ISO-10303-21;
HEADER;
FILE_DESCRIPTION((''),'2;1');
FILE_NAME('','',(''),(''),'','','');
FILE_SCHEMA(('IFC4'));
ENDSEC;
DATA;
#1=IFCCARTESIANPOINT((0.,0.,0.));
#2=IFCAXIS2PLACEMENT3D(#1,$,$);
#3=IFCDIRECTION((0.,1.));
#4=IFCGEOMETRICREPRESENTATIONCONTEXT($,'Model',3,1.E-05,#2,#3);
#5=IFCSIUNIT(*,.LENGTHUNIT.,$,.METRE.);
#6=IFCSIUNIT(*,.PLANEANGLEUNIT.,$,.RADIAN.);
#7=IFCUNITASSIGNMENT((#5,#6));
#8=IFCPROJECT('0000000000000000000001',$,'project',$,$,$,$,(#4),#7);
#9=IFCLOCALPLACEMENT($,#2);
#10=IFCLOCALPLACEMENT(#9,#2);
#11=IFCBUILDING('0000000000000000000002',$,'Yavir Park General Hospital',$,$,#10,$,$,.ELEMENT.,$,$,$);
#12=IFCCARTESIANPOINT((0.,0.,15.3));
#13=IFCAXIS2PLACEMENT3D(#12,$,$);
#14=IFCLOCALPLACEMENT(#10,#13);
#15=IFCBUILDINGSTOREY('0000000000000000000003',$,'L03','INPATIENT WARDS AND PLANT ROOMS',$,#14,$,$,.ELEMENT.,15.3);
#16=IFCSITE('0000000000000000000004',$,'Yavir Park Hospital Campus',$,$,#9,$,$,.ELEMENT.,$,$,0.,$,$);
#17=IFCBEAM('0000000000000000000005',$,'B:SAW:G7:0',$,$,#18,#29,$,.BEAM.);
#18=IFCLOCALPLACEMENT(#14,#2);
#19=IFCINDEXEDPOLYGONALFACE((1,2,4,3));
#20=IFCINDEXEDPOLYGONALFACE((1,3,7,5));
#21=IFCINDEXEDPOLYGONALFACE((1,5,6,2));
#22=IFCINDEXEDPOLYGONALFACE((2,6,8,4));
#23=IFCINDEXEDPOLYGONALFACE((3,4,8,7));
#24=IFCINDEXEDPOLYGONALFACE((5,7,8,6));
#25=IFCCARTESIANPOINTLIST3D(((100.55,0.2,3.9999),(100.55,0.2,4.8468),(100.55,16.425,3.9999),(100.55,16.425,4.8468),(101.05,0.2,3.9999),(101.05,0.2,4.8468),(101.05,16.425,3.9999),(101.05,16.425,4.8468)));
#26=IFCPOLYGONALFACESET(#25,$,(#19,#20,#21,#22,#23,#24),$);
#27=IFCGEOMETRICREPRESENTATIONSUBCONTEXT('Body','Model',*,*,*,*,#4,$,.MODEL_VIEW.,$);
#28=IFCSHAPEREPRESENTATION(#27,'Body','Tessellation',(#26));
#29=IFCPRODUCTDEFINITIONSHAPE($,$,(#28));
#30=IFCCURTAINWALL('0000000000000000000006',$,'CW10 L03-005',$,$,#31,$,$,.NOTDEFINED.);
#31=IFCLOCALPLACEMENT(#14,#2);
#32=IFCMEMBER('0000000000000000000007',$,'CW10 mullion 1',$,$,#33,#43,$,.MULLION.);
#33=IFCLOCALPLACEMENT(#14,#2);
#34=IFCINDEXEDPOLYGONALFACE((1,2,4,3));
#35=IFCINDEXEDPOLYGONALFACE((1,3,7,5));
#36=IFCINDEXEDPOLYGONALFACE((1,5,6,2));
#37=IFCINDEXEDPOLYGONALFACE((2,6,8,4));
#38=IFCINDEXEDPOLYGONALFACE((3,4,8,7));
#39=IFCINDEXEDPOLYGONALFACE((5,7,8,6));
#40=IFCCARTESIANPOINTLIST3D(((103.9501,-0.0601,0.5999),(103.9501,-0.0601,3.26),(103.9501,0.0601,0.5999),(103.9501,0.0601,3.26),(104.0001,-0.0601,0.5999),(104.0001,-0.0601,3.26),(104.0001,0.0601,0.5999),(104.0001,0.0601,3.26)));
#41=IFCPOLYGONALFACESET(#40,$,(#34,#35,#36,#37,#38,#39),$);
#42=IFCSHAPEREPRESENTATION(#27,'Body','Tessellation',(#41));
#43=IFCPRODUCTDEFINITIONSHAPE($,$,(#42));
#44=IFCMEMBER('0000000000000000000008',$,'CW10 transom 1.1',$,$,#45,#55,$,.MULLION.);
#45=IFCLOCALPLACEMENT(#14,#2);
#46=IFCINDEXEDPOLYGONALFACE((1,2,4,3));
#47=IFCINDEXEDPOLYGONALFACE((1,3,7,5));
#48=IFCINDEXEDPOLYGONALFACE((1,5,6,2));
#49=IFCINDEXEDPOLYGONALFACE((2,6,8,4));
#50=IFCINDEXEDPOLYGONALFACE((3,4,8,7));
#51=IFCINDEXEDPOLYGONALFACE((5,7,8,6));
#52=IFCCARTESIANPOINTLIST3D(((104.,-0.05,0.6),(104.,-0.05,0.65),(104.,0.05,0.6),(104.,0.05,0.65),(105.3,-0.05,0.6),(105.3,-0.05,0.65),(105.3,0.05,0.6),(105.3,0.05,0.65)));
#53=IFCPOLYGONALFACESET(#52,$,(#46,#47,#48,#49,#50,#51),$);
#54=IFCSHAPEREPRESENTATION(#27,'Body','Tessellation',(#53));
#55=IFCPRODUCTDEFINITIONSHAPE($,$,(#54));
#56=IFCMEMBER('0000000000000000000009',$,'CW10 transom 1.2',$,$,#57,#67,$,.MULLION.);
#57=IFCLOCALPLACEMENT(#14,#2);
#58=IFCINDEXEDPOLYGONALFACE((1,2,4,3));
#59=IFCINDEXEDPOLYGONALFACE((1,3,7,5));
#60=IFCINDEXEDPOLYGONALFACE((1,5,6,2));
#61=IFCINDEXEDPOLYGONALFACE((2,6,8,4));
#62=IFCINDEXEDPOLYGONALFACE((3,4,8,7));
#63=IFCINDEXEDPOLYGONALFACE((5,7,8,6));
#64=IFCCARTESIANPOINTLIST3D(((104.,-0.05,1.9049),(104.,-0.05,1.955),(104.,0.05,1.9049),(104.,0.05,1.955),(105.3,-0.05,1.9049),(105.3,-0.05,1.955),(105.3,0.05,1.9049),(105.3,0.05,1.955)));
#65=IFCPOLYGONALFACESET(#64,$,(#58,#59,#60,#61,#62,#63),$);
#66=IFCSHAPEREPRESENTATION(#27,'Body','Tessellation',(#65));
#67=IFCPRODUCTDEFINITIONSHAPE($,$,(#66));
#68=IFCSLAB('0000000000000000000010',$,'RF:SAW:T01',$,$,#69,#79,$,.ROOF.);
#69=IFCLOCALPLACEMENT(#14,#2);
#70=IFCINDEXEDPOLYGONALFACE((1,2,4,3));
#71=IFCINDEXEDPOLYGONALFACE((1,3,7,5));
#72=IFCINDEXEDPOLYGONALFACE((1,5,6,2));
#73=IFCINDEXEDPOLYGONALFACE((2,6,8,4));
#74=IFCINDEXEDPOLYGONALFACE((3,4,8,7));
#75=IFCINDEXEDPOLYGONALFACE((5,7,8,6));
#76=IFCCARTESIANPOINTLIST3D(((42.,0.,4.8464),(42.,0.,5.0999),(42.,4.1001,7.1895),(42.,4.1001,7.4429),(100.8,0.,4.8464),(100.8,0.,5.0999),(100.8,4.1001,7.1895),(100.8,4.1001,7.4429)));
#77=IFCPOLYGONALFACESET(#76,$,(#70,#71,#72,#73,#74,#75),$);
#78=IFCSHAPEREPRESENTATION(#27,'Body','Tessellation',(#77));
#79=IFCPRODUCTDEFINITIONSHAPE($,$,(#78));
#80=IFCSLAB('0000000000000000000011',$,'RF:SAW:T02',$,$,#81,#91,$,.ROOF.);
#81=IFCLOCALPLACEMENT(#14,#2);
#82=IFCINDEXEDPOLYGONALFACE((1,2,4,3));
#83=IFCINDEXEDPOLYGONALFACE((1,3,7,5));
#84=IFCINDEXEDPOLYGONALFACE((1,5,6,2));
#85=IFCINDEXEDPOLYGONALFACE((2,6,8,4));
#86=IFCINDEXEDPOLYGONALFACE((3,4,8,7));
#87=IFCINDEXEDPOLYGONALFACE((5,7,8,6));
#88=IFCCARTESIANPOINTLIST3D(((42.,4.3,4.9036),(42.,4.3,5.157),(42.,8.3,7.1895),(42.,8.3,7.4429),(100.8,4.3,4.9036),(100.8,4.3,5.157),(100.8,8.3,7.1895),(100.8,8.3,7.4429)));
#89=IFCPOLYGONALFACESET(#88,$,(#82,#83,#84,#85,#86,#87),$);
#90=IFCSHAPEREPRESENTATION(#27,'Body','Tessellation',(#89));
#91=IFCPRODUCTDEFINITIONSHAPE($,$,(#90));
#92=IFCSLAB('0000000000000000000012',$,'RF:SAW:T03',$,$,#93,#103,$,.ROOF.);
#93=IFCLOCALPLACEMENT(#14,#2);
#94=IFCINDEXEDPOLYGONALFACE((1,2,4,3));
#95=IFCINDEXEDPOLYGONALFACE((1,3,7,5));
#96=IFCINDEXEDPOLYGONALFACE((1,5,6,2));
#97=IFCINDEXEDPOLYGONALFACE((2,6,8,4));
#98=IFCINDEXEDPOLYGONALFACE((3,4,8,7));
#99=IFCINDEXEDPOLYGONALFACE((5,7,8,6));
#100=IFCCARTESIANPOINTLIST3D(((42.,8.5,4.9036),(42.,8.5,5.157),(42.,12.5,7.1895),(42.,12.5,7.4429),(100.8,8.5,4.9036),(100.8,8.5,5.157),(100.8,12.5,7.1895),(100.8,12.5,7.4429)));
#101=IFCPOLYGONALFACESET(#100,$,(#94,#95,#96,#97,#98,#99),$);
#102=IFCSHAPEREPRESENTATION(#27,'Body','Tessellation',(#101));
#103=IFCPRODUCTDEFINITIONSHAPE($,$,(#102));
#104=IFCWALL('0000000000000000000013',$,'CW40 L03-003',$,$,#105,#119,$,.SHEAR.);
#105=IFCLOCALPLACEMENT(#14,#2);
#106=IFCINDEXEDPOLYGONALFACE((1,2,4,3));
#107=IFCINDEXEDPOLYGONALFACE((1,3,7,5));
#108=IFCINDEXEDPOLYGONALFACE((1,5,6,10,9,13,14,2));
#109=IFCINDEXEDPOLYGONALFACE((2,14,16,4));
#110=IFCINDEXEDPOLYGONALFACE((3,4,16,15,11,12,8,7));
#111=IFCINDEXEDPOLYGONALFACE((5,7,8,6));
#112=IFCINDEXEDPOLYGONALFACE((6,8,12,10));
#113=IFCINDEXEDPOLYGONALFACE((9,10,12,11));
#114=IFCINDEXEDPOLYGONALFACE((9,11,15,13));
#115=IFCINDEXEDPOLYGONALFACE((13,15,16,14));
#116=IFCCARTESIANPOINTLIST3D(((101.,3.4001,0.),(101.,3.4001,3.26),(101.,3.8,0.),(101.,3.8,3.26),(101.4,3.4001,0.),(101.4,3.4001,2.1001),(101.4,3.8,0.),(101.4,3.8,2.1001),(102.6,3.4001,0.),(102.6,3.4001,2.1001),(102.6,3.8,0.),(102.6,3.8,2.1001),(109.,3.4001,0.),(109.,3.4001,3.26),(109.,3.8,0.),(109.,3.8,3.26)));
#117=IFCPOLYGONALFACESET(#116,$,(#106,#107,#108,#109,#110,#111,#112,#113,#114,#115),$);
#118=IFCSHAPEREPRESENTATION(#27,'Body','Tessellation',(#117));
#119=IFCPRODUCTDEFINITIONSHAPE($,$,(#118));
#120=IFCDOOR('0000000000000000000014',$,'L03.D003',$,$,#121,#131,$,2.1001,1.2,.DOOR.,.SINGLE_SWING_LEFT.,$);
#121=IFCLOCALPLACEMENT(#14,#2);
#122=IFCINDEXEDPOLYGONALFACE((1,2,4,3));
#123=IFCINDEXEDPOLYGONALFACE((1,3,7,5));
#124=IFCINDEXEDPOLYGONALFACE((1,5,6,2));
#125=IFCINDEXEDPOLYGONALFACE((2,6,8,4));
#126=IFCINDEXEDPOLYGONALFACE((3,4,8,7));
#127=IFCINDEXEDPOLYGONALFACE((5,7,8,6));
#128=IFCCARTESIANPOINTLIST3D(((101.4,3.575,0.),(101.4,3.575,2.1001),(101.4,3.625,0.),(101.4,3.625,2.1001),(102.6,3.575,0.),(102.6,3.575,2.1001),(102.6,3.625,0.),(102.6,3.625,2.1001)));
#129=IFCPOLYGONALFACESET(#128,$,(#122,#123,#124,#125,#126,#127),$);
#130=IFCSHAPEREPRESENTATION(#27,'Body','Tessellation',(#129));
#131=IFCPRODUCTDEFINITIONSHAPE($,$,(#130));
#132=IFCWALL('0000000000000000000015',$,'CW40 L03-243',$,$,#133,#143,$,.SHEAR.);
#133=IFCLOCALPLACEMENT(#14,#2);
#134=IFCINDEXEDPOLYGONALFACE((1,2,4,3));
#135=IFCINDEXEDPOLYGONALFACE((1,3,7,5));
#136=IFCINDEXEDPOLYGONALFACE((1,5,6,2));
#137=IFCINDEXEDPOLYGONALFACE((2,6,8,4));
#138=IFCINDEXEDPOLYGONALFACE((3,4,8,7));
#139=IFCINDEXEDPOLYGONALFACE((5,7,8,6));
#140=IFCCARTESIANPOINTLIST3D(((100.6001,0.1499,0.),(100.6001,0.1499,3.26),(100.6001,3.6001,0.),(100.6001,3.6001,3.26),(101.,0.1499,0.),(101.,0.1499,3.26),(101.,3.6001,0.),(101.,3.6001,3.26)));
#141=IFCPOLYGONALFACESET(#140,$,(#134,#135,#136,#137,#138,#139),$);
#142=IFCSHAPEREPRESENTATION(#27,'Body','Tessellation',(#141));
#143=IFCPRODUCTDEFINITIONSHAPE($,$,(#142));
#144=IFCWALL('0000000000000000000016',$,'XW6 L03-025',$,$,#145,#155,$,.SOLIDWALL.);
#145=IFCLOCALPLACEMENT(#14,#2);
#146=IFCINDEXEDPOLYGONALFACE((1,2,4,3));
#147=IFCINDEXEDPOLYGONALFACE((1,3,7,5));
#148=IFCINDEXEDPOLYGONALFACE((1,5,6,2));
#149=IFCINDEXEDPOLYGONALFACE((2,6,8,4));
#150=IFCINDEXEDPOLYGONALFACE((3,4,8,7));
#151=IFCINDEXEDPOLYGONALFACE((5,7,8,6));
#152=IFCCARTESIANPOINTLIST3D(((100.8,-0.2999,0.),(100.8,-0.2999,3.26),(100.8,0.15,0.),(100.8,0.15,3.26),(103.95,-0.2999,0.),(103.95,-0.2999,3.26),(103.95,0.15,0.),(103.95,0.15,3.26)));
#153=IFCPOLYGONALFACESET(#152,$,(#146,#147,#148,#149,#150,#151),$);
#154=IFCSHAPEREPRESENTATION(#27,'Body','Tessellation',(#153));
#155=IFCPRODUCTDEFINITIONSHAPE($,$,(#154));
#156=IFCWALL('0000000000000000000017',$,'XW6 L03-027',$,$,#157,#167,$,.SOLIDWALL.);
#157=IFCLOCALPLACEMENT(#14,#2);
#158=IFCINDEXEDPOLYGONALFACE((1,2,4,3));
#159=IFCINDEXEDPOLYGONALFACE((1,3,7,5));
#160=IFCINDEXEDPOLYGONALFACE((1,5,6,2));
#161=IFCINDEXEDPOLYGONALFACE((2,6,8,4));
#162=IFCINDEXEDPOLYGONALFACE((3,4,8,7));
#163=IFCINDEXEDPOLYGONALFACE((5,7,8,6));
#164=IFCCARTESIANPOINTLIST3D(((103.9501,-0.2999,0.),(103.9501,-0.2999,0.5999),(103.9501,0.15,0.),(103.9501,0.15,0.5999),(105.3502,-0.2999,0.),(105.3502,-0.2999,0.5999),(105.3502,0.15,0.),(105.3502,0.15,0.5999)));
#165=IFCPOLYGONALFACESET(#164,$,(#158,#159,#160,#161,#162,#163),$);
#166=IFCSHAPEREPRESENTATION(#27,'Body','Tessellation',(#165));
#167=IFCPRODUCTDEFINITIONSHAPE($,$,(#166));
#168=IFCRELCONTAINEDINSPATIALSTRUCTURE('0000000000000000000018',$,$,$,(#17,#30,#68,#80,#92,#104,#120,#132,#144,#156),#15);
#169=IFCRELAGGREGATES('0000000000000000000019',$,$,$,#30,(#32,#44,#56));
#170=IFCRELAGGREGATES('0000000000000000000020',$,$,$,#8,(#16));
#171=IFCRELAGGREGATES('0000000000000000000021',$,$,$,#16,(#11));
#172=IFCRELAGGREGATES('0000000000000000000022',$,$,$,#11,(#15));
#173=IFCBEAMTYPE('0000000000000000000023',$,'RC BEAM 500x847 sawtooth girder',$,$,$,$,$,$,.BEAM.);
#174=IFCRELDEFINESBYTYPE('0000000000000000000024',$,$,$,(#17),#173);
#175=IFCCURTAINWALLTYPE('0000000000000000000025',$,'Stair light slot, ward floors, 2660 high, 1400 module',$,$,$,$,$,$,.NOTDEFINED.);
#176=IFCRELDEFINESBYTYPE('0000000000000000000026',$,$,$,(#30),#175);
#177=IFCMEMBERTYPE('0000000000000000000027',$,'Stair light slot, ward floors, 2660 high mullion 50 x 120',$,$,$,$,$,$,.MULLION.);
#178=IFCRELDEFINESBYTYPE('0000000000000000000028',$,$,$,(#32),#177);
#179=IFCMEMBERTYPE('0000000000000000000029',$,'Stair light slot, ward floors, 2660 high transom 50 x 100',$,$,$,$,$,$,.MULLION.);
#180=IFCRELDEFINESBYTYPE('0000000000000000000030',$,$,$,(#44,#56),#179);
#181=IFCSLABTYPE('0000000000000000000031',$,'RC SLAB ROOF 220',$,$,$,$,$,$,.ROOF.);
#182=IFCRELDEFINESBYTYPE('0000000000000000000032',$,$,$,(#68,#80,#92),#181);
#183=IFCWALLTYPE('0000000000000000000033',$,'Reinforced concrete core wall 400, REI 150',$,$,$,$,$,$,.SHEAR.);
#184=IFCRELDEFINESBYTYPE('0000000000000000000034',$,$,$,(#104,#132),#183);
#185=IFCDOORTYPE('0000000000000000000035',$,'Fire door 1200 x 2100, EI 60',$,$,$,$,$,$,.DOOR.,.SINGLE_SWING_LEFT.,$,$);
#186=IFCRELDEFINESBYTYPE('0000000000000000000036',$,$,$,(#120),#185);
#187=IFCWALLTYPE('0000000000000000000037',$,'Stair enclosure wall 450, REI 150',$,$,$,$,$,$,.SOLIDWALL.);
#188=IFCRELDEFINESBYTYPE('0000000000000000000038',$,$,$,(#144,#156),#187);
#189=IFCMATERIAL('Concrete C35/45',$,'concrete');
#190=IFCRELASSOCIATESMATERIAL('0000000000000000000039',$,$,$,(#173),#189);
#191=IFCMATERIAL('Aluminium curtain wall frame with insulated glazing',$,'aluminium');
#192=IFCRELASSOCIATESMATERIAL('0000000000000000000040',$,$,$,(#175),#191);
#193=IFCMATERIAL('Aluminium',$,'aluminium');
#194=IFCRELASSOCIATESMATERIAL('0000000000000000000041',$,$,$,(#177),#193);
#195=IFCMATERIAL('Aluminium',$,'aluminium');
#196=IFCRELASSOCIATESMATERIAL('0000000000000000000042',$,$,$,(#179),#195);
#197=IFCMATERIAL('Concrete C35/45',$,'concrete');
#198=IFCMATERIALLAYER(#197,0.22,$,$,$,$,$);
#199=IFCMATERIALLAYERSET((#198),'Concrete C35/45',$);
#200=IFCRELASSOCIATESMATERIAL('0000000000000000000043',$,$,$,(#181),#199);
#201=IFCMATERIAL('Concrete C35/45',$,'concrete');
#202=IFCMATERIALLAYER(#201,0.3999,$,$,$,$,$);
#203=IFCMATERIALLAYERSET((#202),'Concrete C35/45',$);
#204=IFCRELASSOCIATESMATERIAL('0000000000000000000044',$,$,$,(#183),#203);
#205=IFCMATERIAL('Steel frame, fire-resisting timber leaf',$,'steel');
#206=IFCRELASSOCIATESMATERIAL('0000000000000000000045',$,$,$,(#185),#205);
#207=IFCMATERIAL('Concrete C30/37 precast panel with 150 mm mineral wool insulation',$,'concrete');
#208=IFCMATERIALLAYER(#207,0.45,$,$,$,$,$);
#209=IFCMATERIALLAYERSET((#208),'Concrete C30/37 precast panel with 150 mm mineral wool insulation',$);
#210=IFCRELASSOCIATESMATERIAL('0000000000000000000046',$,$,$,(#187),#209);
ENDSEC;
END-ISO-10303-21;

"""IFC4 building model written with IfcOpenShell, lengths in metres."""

from ifc_helpers import new_model, si_unit, direction, frame, frame_2d, origin, origin_2d, place, context, subcontext, project, spatial, polyline, rectangle, outline, extrude, material, layer, layer_set, material_profile, profile_set, type_object, element, fill, aggregate, save


model = new_model("IFC4")

# Units and contexts
model_context = context("Model", 3, precision=1e-05, world=origin(), true_north=direction((0.0, 1.0)))
body_context = subcontext(model_context, "Body", "Model", "MODEL_VIEW")
ifc_project = project(units=[si_unit("LENGTHUNIT", "METRE"), si_unit("PLANEANGLEUNIT", "RADIAN")], contexts=[model_context])

# Site, building, storey
site_placement = place(None, origin())
site = spatial("IfcSite", under=ifc_project, at=site_placement, Name="Yavir Park Hospital Campus", CompositionType="ELEMENT", RefElevation=0.0)
building_placement = place(site_placement, origin())
building = spatial("IfcBuilding", under=site, at=building_placement, Name="Yavir Park General Hospital", CompositionType="ELEMENT")
storey_placement = place(building_placement, frame((0.0, 0.0, 15.3)))
storey = spatial("IfcBuildingStorey", under=building, at=storey_placement, Name="L03", Description="INPATIENT WARDS AND PLANT ROOMS", CompositionType="ELEMENT", Elevation=15.3)

# Beam
ifc_material_1 = material(Name="Concrete C35/45", Category="concrete")
ifc_material_profile_1 = material_profile(ifc_material_1, rectangle(XDim=0.5, YDim=0.8469, at=origin_2d()), Name="RC500x847")
ifc_profile_set_1 = profile_set([ifc_material_profile_1], Name="Concrete C35/45")
beam_type = type_object("IfcBeamType", Name="RC BEAM 500x847 sawtooth girder", PredefinedType="BEAM", material=ifc_profile_set_1)
beam_placement = place(storey_placement, frame((100.8, 0.2, 4.4233), z_axis=(0.0, 1.0, 0.0), x_axis=(-1.0, 0.0, 0.0)))
element("IfcBeam", 1, at=beam_placement, inside=storey, type_object=beam_type, Name="B:SAW:G7:0", PredefinedType="BEAM", context=body_context, shape_type="SweptSolid", body=[
    extrude(rectangle(XDim=0.5, YDim=0.8469, at=origin_2d()), origin(), (0.0, 0.0, 1.0), 16.2251),
])

# Curtain wall, members
ifc_material_2 = material(Name="Aluminium curtain wall frame with insulated glazing", Category="aluminium")
curtain_wall_type = type_object("IfcCurtainWallType", Name="Stair light slot, ward floors, 2660 high, 1400 module", PredefinedType="NOTDEFINED", material=ifc_material_2)
curtain_wall_placement = place(storey_placement, origin())
curtain_wall = element("IfcCurtainWall", 2, at=curtain_wall_placement, inside=storey, type_object=curtain_wall_type, Name="CW10 L03-005", PredefinedType="NOTDEFINED")
ifc_material_3 = material(Name="Aluminium", Category="aluminium")
ifc_material_profile_2 = material_profile(ifc_material_3, rectangle(XDim=0.1201, YDim=0.05, at=origin_2d()), Name="AL 50x120")
ifc_profile_set_2 = profile_set([ifc_material_profile_2], Name="Aluminium")
member_type_1 = type_object("IfcMemberType", Name="Stair light slot, ward floors, 2660 high mullion 50 x 120", PredefinedType="MULLION", material=ifc_profile_set_2)
member_1_placement = place(storey_placement, frame((103.9751, 0.0, 0.5999), z_axis=(0.0, 0.0, 1.0), x_axis=(0.0, 1.0, 0.0)))
member_1 = element("IfcMember", 3, at=member_1_placement, type_object=member_type_1, Name="CW10 mullion 1", PredefinedType="MULLION", context=body_context, shape_type="SweptSolid", body=[
    extrude(rectangle(XDim=0.1201, YDim=0.05, at=origin_2d()), origin(), (0.0, 0.0, 1.0), 2.6602),
])
ifc_material_4 = material(Name="Aluminium", Category="aluminium")
ifc_material_profile_3 = material_profile(ifc_material_4, rectangle(XDim=0.1001, YDim=0.05, at=origin_2d()), Name="AL 100x50")
ifc_profile_set_3 = profile_set([ifc_material_profile_3], Name="Aluminium")
member_type_2 = type_object("IfcMemberType", Name="Stair light slot, ward floors, 2660 high transom 50 x 100", PredefinedType="MULLION", material=ifc_profile_set_3)
member_2_placement = place(storey_placement, frame((104.0, 0.0, 0.625), z_axis=(1.0, 0.0, 0.0), x_axis=(0.0, 1.0, 0.0)))
member_2 = element("IfcMember", 4, at=member_2_placement, type_object=member_type_2, Name="CW10 transom 1.1", PredefinedType="MULLION", context=body_context, shape_type="SweptSolid", body=[
    extrude(rectangle(XDim=0.1001, YDim=0.05, at=origin_2d()), origin(), (0.0, 0.0, 1.0), 1.3),
])
member_3_placement = place(storey_placement, frame((104.0, 0.0, 1.9299), z_axis=(1.0, 0.0, 0.0), x_axis=(0.0, 1.0, 0.0)))
member_3 = element("IfcMember", 5, at=member_3_placement, type_object=member_type_2, Name="CW10 transom 1.2", PredefinedType="MULLION", context=body_context, shape_type="SweptSolid", body=[
    extrude(rectangle(XDim=0.1001, YDim=0.05, at=origin_2d()), origin(), (0.0, 0.0, 1.0), 1.3),
])
aggregate(curtain_wall, [member_1, member_2, member_3])

# Slabs
ifc_material_5 = material(Name="Concrete C35/45", Category="concrete")
ifc_layer_1 = layer(ifc_material_5, 0.22)
ifc_layer_set_1 = layer_set([ifc_layer_1], Name="Concrete C35/45")
slab_type = type_object("IfcSlabType", Name="RC SLAB ROOF 220", PredefinedType="ROOF", material=ifc_layer_set_1)
slab_placement = place(storey_placement, frame((100.8, 0.0, 5.0999), z_axis=(0.0, 0.0, 1.0), x_axis=(0.0, 1.0, 0.0)))
element("IfcSlab", 6, at=slab_placement, inside=storey, type_object=slab_type, Name="RF:SAW:T01", PredefinedType="ROOF", context=body_context, shape_type="SweptSolid", body=[
    extrude(outline(polyline([(0.0, 0.0), (4.1001, 2.343), (4.1001, 2.0896), (0.0, -0.2534), (0.0, 0.0)])), frame((0.0, 58.8, 0.0), z_axis=(0.0, -1.0, 0.0), x_axis=(1.0, 0.0, 0.0)), (0.0, 0.0, 1.0), 58.8),
])
for number, where, z_axis, x_axis, name in (
    (7, (100.8, 4.3, 5.157), (0.0, 0.0, 1.0), (0.0, 1.0, 0.0), "RF:SAW:T02"),
    (8, (100.8, 8.5, 5.157), (0.0, 0.0, 1.0), (0.0, 1.0, 0.0), "RF:SAW:T03"),
):
    element("IfcSlab", number, at=place(storey_placement, frame(where, z_axis=z_axis, x_axis=x_axis)), inside=storey, type_object=slab_type, Name=name, PredefinedType="ROOF", context=body_context, shape_type="SweptSolid", body=[
        extrude(outline(polyline([(0.0, 0.0), (4.0, 2.2859), (4.0, 2.0325), (0.0, -0.2534), (0.0, 0.0)])), frame((0.0, 58.8, 0.0), z_axis=(0.0, -1.0, 0.0), x_axis=(1.0, 0.0, 0.0)), (0.0, 0.0, 1.0), 58.8),
    ])

# Wall, opening, door
ifc_material_6 = material(Name="Concrete C35/45", Category="concrete")
ifc_layer_2 = layer(ifc_material_6, 0.3999)
ifc_layer_set_2 = layer_set([ifc_layer_2], Name="Concrete C35/45")
wall_type_1 = type_object("IfcWallType", Name="Reinforced concrete core wall 400, REI 150", PredefinedType="SHEAR", material=ifc_layer_set_2)
wall_1_placement = place(storey_placement, frame((101.0, 3.6001, 0.0), z_axis=(0.0, 0.0, 1.0), x_axis=(1.0, 0.0, 0.0)))
wall_1 = element("IfcWall", 9, at=wall_1_placement, inside=storey, type_object=wall_type_1, Name="CW40 L03-003", PredefinedType="SHEAR", context=body_context, shape_type="SweptSolid", body=[
    extrude(rectangle(XDim=8.0, YDim=0.3999, at=frame_2d((4.0, 0.0))), origin(), (0.0, 0.0, 1.0), 3.26),
])
opening_1_placement = place(wall_1_placement, frame((0.3999, 0.0, 0.0)))
opening_1 = element("IfcOpeningElement", 10, at=opening_1_placement, cuts=wall_1, PredefinedType="OPENING", context=body_context, shape_type="SweptSolid", body=[
    extrude(rectangle(XDim=1.2, YDim=2.1001, at=frame_2d((0.6001, 1.05))), frame((0.0, 0.21, 0.0), z_axis=(0.0, -1.0, 0.0), x_axis=(1.0, 0.0, 0.0)), (0.0, 0.0, 1.0), 0.4199),
])
ifc_material_7 = material(Name="Steel frame, fire-resisting timber leaf", Category="steel")
door_type_1 = type_object("IfcDoorType", Name="Fire door 1200 x 2100, EI 60", OperationType="SINGLE_SWING_LEFT", PredefinedType="DOOR", material=ifc_material_7)
door_1_placement = place(opening_1_placement, origin())
door_1 = element("IfcDoor", 11, at=door_1_placement, inside=storey, type_object=door_type_1, Name="L03.D003", OperationType="SINGLE_SWING_LEFT", OverallHeight=2.1001, OverallWidth=1.2, PredefinedType="DOOR", context=body_context, shape_type="SweptSolid", body=[
    extrude(rectangle(XDim=1.2, YDim=2.1001, at=frame_2d((0.6001, 1.05))), frame((0.0, 0.0249, 0.0), z_axis=(0.0, -1.0, 0.0), x_axis=(1.0, 0.0, 0.0)), (0.0, 0.0, 1.0), 0.05),
])
fill(opening_1, door_1)

# Walls
wall_2_placement = place(storey_placement, frame((100.8, 0.1499, 0.0), z_axis=(0.0, 0.0, 1.0), x_axis=(0.0, 1.0, 0.0)))
element("IfcWall", 12, at=wall_2_placement, inside=storey, type_object=wall_type_1, Name="CW40 L03-243", PredefinedType="SHEAR", context=body_context, shape_type="SweptSolid", body=[
    extrude(rectangle(XDim=3.4502, YDim=0.3999, at=frame_2d((1.7251, 0.0))), origin(), (0.0, 0.0, 1.0), 3.26),
])
ifc_material_8 = material(Name="Concrete C30/37 precast panel with 150 mm mineral wool insulation", Category="concrete")
ifc_layer_3 = layer(ifc_material_8, 0.45)
ifc_layer_set_3 = layer_set([ifc_layer_3], Name="Concrete C30/37 precast panel with 150 mm mineral wool insulation")
wall_type_2 = type_object("IfcWallType", Name="Stair enclosure wall 450, REI 150", PredefinedType="SOLIDWALL", material=ifc_layer_set_3)
wall_3_placement = place(storey_placement, frame((100.8, -0.075, 0.0), z_axis=(0.0, 0.0, 1.0), x_axis=(1.0, 0.0, 0.0)))
element("IfcWall", 13, at=wall_3_placement, inside=storey, type_object=wall_type_2, Name="XW6 L03-025", PredefinedType="SOLIDWALL", context=body_context, shape_type="SweptSolid", body=[
    extrude(rectangle(XDim=3.1499, YDim=0.45, at=frame_2d((1.575, 0.0))), origin(), (0.0, 0.0, 1.0), 3.26),
])
wall_4_placement = place(storey_placement, frame((103.95, -0.075, 0.0), z_axis=(0.0, 0.0, 1.0), x_axis=(1.0, 0.0, 0.0)))
element("IfcWall", 14, at=wall_4_placement, inside=storey, type_object=wall_type_2, Name="XW6 L03-027", PredefinedType="SOLIDWALL", context=body_context, shape_type="SweptSolid", body=[
    extrude(rectangle(XDim=1.4001, YDim=0.45, at=frame_2d((0.7002, 0.0))), origin(), (0.0, 0.0, 1.0), 0.5999),
])

save(model, "model.ifc")
